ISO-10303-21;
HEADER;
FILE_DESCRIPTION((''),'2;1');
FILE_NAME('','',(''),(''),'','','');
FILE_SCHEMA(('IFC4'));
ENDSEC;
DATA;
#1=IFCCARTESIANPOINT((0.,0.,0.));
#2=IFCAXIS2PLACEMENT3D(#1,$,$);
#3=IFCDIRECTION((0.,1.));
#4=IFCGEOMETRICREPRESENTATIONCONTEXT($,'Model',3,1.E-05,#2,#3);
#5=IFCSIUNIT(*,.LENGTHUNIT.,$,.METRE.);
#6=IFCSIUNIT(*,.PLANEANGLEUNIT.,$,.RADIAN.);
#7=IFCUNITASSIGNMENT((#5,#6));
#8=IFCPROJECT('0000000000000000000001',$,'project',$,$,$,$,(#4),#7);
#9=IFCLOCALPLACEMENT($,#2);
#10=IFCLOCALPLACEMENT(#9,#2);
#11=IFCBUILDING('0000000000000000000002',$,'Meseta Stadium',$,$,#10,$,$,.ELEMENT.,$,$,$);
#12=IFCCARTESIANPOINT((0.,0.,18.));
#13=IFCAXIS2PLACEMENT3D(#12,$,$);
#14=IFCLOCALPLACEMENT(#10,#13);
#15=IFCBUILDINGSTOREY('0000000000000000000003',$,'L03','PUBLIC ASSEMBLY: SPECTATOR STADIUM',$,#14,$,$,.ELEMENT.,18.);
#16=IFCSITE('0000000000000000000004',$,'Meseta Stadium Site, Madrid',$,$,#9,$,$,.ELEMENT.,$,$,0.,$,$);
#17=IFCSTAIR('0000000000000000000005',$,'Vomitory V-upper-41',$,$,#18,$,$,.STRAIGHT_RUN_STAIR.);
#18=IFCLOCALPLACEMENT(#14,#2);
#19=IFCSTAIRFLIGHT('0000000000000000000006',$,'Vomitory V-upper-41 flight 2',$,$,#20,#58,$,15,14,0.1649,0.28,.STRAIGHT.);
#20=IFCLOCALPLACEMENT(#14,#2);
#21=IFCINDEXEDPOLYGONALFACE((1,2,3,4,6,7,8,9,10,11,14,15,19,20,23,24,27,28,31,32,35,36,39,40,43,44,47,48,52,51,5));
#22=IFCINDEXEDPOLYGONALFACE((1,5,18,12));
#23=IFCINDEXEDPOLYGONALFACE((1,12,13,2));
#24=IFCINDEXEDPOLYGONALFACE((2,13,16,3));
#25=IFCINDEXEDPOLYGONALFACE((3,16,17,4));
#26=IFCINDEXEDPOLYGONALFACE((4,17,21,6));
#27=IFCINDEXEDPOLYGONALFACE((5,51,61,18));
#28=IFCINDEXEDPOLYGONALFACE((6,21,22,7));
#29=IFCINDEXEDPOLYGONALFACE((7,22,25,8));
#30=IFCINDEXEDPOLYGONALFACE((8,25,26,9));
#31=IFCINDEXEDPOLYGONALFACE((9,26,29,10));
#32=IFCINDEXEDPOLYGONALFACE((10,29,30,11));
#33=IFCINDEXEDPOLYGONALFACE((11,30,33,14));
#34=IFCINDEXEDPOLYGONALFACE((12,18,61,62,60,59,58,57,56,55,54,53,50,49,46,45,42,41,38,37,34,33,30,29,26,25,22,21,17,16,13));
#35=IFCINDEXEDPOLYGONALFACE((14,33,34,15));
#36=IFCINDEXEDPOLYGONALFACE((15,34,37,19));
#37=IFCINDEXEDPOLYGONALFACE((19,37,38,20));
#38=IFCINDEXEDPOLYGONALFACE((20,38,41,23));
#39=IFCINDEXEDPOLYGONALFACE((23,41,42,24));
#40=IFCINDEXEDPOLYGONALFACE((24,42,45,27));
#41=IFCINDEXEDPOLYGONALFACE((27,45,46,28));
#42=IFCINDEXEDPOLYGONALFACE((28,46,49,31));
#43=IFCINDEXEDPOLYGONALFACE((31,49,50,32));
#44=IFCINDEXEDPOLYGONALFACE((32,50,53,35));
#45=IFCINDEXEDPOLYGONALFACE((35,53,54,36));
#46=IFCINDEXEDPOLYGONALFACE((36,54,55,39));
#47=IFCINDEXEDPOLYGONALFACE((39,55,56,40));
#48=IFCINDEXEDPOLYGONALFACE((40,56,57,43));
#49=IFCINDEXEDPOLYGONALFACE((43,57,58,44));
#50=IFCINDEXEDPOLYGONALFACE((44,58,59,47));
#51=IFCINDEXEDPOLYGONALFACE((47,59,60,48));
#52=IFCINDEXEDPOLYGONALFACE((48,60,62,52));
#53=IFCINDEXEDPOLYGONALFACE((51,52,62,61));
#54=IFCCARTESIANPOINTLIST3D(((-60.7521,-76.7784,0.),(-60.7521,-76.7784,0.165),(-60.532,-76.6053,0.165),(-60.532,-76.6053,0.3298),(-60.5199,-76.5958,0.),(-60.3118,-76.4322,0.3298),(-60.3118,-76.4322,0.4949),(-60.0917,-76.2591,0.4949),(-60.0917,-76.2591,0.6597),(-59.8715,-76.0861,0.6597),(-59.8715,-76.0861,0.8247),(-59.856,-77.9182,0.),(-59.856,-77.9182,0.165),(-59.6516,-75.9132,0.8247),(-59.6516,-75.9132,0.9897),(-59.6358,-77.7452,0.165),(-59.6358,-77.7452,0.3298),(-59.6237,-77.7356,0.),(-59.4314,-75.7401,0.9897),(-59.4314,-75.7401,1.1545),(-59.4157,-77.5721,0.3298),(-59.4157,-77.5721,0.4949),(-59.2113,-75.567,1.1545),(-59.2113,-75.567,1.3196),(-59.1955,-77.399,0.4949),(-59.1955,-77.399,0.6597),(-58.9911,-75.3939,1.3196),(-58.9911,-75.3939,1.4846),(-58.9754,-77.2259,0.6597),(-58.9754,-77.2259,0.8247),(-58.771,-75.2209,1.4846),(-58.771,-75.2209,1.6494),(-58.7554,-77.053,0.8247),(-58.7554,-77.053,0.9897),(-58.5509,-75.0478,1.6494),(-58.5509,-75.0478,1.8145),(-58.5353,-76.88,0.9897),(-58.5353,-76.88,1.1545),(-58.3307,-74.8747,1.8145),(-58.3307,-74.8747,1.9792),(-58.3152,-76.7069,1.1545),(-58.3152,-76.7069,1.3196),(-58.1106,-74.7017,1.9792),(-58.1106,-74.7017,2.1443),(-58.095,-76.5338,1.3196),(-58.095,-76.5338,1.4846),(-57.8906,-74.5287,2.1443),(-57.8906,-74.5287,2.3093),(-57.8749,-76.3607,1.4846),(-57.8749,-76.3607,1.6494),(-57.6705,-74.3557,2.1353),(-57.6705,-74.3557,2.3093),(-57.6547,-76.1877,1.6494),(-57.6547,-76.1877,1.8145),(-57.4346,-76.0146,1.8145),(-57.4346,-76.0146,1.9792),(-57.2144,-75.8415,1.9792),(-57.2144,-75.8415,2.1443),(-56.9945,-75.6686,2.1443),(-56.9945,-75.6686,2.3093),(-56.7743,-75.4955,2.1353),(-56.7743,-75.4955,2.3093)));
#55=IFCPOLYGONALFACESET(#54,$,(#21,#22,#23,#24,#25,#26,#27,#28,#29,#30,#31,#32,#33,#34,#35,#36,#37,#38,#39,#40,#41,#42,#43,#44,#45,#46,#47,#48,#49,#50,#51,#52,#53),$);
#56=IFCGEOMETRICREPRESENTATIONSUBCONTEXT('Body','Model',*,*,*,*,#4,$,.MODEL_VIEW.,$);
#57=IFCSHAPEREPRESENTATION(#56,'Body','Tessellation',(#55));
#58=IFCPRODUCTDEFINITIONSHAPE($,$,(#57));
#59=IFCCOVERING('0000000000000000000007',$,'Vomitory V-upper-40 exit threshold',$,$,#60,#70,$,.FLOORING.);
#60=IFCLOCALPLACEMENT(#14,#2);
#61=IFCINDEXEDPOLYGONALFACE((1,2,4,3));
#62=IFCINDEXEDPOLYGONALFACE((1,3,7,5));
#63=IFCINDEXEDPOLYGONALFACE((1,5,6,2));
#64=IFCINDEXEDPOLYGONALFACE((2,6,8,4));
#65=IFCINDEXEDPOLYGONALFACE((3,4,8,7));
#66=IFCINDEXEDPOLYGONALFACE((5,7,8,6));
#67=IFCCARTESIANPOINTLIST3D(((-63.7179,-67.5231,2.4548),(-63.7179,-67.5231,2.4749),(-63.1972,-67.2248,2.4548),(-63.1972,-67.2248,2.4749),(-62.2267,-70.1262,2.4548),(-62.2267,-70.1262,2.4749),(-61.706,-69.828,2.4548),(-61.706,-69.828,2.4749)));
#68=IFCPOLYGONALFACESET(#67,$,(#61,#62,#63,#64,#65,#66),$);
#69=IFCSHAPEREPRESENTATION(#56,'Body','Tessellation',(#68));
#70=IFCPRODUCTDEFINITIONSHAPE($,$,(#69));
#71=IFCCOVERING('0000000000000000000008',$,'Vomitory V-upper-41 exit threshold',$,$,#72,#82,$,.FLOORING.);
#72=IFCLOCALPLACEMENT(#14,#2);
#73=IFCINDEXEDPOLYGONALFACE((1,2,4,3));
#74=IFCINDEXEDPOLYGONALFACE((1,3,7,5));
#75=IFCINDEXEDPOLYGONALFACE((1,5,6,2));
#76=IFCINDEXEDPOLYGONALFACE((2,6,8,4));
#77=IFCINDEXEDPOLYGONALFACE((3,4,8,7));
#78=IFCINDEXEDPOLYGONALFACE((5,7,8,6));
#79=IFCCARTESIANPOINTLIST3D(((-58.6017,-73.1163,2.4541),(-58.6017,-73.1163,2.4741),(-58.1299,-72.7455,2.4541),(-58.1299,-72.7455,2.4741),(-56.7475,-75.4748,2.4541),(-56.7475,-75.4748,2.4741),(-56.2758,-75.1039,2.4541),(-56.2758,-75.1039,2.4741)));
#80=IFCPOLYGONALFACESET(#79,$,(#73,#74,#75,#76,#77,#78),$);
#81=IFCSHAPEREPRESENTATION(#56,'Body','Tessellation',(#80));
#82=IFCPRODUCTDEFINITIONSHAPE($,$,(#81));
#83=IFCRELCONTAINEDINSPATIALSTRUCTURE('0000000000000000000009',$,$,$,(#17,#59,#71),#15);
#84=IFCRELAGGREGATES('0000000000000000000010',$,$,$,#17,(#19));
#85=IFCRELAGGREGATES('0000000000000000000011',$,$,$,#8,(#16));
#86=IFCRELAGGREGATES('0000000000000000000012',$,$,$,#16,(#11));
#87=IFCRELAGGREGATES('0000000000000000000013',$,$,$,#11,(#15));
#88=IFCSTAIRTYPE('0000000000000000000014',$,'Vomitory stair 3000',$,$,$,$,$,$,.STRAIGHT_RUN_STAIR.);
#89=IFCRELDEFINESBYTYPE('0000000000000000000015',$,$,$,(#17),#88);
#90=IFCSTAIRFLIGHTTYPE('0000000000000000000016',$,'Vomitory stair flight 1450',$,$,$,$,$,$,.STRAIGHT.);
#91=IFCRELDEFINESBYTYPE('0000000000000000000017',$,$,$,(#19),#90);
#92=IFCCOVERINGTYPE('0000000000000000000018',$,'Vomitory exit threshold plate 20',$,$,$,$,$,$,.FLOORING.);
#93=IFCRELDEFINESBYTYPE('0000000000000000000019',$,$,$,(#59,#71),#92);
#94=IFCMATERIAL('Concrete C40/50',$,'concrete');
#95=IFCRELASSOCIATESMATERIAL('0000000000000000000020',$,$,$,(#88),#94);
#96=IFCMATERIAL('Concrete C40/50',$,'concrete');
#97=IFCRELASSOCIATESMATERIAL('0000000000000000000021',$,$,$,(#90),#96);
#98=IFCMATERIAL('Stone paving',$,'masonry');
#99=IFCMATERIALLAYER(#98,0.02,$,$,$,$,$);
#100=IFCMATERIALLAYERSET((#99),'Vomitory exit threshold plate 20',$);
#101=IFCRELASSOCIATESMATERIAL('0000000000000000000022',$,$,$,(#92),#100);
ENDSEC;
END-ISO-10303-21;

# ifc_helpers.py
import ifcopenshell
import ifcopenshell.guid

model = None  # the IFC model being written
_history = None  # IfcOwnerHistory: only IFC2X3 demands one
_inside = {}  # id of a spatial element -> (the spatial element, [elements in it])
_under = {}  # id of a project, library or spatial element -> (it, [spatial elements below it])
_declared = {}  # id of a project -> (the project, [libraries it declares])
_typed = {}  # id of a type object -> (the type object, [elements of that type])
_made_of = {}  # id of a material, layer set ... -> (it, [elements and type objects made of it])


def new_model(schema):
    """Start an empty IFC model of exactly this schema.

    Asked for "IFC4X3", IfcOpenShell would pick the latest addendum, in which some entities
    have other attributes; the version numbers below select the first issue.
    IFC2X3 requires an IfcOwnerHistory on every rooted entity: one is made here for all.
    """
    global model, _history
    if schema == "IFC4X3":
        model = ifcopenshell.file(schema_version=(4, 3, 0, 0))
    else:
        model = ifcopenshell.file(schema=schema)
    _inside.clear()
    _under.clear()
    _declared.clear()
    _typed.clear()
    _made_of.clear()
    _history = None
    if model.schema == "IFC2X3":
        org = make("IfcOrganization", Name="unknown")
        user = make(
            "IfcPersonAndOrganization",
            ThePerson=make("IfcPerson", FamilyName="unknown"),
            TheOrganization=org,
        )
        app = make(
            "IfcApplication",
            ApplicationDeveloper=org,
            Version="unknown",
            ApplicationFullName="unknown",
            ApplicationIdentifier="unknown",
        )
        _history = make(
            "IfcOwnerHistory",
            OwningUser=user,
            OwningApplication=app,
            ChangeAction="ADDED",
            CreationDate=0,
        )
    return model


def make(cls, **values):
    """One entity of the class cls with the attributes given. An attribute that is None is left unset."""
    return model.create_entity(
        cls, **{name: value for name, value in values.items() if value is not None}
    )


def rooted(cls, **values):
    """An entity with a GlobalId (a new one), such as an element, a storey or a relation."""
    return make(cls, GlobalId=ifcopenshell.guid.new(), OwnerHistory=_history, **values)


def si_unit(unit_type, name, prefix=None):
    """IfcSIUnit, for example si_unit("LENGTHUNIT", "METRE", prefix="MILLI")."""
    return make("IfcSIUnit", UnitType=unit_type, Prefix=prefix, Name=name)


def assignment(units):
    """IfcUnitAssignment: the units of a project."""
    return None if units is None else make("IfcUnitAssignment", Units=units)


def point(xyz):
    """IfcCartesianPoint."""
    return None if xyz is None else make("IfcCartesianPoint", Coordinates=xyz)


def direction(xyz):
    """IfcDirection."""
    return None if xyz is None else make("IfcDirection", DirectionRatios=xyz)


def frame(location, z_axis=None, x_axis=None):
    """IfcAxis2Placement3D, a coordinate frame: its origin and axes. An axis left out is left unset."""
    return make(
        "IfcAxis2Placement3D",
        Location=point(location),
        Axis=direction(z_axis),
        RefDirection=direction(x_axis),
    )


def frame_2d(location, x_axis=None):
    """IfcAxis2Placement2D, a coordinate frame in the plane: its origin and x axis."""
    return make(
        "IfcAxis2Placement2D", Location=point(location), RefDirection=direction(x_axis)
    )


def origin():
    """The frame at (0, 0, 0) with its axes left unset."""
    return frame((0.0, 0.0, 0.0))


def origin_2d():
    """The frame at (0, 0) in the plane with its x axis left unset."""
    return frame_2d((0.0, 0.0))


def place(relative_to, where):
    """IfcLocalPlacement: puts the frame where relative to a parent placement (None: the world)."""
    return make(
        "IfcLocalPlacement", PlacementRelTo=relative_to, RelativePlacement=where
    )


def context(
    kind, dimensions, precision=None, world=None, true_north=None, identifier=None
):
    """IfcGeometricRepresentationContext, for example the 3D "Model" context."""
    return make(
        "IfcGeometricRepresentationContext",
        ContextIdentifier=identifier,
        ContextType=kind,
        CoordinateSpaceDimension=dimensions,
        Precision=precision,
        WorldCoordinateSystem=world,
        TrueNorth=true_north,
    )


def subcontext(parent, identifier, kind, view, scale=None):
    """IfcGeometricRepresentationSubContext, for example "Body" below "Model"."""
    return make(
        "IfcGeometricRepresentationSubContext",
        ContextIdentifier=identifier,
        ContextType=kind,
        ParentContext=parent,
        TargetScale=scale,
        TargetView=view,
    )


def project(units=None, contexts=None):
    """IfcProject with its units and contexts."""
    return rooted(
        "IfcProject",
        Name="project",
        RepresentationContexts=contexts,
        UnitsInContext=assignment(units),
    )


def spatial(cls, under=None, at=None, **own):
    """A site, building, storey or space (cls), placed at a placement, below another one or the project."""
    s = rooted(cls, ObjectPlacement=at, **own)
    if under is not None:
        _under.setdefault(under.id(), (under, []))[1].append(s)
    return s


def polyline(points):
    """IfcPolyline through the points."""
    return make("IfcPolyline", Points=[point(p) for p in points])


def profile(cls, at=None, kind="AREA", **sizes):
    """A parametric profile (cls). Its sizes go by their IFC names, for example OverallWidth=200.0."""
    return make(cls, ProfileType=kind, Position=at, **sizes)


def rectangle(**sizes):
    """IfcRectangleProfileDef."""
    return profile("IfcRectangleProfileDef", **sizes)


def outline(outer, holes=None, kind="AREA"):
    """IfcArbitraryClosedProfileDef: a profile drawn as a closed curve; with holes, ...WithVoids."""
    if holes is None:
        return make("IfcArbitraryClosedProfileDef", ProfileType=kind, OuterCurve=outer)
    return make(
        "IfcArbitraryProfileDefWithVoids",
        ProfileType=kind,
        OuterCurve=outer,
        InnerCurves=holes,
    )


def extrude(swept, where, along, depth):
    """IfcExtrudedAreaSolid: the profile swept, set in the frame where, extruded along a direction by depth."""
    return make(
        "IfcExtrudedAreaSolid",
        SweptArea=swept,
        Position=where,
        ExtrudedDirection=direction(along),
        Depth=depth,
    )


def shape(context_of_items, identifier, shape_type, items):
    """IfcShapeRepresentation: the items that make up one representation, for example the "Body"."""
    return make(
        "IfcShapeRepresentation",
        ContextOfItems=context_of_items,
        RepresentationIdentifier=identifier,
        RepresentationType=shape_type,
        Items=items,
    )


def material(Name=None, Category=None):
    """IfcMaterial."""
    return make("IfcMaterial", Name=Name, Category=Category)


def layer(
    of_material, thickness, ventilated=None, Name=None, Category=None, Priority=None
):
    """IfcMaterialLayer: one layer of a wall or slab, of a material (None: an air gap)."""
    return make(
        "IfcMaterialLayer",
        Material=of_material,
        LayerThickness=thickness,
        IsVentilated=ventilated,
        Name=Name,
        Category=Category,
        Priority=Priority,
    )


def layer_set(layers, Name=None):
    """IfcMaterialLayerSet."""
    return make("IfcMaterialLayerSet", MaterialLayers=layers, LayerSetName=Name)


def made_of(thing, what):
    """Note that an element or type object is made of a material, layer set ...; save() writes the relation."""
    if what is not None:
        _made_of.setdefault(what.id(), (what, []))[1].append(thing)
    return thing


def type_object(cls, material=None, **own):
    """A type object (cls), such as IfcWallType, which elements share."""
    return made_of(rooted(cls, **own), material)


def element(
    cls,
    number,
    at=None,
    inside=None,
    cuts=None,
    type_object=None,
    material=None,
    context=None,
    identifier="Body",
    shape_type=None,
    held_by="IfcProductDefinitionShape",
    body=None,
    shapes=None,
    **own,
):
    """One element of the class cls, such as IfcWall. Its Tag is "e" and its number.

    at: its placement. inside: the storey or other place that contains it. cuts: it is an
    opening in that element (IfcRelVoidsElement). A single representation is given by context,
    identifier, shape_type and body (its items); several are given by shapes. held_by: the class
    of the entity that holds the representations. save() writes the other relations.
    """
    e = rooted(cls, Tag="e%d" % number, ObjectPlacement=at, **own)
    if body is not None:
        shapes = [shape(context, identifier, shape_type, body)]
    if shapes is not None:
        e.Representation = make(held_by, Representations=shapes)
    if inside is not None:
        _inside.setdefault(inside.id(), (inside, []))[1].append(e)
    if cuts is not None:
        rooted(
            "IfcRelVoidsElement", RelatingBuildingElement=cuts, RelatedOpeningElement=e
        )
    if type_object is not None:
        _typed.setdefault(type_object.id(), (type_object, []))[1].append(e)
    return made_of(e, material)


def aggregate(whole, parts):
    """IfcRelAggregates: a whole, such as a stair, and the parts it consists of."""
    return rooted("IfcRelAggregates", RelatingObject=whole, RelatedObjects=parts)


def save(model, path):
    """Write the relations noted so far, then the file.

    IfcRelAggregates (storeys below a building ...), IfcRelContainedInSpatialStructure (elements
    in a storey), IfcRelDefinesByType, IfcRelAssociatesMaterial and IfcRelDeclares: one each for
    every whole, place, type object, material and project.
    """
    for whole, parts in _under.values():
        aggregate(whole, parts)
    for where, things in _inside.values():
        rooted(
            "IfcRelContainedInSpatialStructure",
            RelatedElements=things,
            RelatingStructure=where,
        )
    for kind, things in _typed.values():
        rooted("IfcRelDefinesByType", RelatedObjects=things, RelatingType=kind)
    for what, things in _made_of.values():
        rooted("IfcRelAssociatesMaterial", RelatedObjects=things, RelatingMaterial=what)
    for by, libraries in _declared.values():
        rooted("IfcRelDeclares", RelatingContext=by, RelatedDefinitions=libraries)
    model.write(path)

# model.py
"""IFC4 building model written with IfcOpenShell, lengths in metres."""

from ifc_helpers import new_model, si_unit, direction, frame, origin, origin_2d, place, context, subcontext, project, spatial, polyline, rectangle, outline, extrude, material, layer, layer_set, type_object, element, aggregate, save


model = new_model("IFC4")

# Units and contexts
model_context = context("Model", 3, precision=1e-05, world=origin(), true_north=direction((0.0, 1.0)))
body_context = subcontext(model_context, "Body", "Model", "MODEL_VIEW")
ifc_project = project(units=[si_unit("LENGTHUNIT", "METRE"), si_unit("PLANEANGLEUNIT", "RADIAN")], contexts=[model_context])

# Site, building, storey
site_placement = place(None, origin())
site = spatial("IfcSite", under=ifc_project, at=site_placement, Name="Meseta Stadium Site, Madrid", CompositionType="ELEMENT", RefElevation=0.0)
building_placement = place(site_placement, origin())
building = spatial("IfcBuilding", under=site, at=building_placement, Name="Meseta Stadium", CompositionType="ELEMENT")
storey_placement = place(building_placement, frame((0.0, 0.0, 18.0)))
storey = spatial("IfcBuildingStorey", under=building, at=storey_placement, Name="L03", Description="PUBLIC ASSEMBLY: SPECTATOR STADIUM", CompositionType="ELEMENT", Elevation=18.0)

# Shared definitions
ifc_material_1 = material(Name="Concrete C40/50", Category="concrete")
stair_type = type_object("IfcStairType", Name="Vomitory stair 3000", PredefinedType="STRAIGHT_RUN_STAIR", material=ifc_material_1)
ifc_material_2 = material(Name="Concrete C40/50", Category="concrete")
stair_flight_type = type_object("IfcStairFlightType", Name="Vomitory stair flight 1450", PredefinedType="STRAIGHT", material=ifc_material_2)

# Stair, stair flight
stair_1_placement = place(storey_placement, origin())
stair_1 = element("IfcStair", 1, at=stair_1_placement, inside=storey, type_object=stair_type, Name="Vomitory V-upper-41", PredefinedType="STRAIGHT_RUN_STAIR")
stair_flight_1_placement = place(storey_placement, frame((-60.304, -77.3484, 0.0), z_axis=(0.0, 0.0, 1.0), x_axis=(0.786142, 0.618046, 0.0)))
stair_flight_1 = element("IfcStairFlight", 2, at=stair_flight_1_placement, type_object=stair_flight_type, Name="Vomitory V-upper-41 flight 2", NumberOfRisers=15, NumberOfTreads=14, PredefinedType="STRAIGHT", RiserHeight=0.1649, TreadLength=0.28, context=body_context, shape_type="SweptSolid", body=[
    extrude(outline(polyline([(0.0, 0.0), (0.0, 0.165), (0.28, 0.165), (0.28, 0.3298), (0.5601, 0.3298), (0.5601, 0.4949), (0.8401, 0.4949), (0.8401, 0.6597), (1.1201, 0.6597), (1.1201, 0.8247), (1.3999, 0.8247), (1.3999, 0.9897), (1.6799, 0.9897), (1.6799, 1.1545), (1.96, 1.1545), (1.96, 1.3196), (2.24, 1.3196), (2.24, 1.4846), (2.52, 1.4846), (2.52, 1.6494), (2.8, 1.6494), (2.8, 1.8145), (3.0801, 1.8145), (3.0801, 1.9792), (3.3601, 1.9792), (3.3601, 2.1443), (3.6399, 2.1443), (3.6399, 2.3093), (3.9199, 2.3093), (3.9199, 2.1353), (0.2954, 0.0), (0.0, 0.0)])), frame((0.0, 0.7251, 0.0), z_axis=(0.0, -1.0, 0.0), x_axis=(1.0, 0.0, 0.0)), (0.0, 0.0, 1.0), 1.45),
])
aggregate(stair_1, [stair_flight_1])

# Coverings
ifc_material_3 = material(Name="Stone paving", Category="masonry")
ifc_layer_1 = layer(ifc_material_3, 0.02)
ifc_layer_set_1 = layer_set([ifc_layer_1], Name="Vomitory exit threshold plate 20")
covering_type = type_object("IfcCoveringType", Name="Vomitory exit threshold plate 20", PredefinedType="FLOORING", material=ifc_layer_set_1)
for number, where, z_axis, x_axis, name in (
    (3, (-62.7119, -68.6755, 2.4548), (0.0, 0.0, 1.0), (0.867712, 0.497068, 0.0), "Vomitory V-upper-40 exit threshold"),
    (4, (-57.4387, -74.1101, 2.4541), (0.0, 0.0, 1.0), (0.786142, 0.618046, 0.0), "Vomitory V-upper-41 exit threshold"),
):
    element("IfcCovering", number, at=place(storey_placement, frame(where, z_axis=z_axis, x_axis=x_axis)), inside=storey, type_object=covering_type, Name=name, PredefinedType="FLOORING", context=body_context, shape_type="SweptSolid", body=[
        extrude(rectangle(XDim=0.6001, YDim=3.0, at=origin_2d()), origin(), (0.0, 0.0, 1.0), 0.02),
    ])

save(model, "model.ifc")
